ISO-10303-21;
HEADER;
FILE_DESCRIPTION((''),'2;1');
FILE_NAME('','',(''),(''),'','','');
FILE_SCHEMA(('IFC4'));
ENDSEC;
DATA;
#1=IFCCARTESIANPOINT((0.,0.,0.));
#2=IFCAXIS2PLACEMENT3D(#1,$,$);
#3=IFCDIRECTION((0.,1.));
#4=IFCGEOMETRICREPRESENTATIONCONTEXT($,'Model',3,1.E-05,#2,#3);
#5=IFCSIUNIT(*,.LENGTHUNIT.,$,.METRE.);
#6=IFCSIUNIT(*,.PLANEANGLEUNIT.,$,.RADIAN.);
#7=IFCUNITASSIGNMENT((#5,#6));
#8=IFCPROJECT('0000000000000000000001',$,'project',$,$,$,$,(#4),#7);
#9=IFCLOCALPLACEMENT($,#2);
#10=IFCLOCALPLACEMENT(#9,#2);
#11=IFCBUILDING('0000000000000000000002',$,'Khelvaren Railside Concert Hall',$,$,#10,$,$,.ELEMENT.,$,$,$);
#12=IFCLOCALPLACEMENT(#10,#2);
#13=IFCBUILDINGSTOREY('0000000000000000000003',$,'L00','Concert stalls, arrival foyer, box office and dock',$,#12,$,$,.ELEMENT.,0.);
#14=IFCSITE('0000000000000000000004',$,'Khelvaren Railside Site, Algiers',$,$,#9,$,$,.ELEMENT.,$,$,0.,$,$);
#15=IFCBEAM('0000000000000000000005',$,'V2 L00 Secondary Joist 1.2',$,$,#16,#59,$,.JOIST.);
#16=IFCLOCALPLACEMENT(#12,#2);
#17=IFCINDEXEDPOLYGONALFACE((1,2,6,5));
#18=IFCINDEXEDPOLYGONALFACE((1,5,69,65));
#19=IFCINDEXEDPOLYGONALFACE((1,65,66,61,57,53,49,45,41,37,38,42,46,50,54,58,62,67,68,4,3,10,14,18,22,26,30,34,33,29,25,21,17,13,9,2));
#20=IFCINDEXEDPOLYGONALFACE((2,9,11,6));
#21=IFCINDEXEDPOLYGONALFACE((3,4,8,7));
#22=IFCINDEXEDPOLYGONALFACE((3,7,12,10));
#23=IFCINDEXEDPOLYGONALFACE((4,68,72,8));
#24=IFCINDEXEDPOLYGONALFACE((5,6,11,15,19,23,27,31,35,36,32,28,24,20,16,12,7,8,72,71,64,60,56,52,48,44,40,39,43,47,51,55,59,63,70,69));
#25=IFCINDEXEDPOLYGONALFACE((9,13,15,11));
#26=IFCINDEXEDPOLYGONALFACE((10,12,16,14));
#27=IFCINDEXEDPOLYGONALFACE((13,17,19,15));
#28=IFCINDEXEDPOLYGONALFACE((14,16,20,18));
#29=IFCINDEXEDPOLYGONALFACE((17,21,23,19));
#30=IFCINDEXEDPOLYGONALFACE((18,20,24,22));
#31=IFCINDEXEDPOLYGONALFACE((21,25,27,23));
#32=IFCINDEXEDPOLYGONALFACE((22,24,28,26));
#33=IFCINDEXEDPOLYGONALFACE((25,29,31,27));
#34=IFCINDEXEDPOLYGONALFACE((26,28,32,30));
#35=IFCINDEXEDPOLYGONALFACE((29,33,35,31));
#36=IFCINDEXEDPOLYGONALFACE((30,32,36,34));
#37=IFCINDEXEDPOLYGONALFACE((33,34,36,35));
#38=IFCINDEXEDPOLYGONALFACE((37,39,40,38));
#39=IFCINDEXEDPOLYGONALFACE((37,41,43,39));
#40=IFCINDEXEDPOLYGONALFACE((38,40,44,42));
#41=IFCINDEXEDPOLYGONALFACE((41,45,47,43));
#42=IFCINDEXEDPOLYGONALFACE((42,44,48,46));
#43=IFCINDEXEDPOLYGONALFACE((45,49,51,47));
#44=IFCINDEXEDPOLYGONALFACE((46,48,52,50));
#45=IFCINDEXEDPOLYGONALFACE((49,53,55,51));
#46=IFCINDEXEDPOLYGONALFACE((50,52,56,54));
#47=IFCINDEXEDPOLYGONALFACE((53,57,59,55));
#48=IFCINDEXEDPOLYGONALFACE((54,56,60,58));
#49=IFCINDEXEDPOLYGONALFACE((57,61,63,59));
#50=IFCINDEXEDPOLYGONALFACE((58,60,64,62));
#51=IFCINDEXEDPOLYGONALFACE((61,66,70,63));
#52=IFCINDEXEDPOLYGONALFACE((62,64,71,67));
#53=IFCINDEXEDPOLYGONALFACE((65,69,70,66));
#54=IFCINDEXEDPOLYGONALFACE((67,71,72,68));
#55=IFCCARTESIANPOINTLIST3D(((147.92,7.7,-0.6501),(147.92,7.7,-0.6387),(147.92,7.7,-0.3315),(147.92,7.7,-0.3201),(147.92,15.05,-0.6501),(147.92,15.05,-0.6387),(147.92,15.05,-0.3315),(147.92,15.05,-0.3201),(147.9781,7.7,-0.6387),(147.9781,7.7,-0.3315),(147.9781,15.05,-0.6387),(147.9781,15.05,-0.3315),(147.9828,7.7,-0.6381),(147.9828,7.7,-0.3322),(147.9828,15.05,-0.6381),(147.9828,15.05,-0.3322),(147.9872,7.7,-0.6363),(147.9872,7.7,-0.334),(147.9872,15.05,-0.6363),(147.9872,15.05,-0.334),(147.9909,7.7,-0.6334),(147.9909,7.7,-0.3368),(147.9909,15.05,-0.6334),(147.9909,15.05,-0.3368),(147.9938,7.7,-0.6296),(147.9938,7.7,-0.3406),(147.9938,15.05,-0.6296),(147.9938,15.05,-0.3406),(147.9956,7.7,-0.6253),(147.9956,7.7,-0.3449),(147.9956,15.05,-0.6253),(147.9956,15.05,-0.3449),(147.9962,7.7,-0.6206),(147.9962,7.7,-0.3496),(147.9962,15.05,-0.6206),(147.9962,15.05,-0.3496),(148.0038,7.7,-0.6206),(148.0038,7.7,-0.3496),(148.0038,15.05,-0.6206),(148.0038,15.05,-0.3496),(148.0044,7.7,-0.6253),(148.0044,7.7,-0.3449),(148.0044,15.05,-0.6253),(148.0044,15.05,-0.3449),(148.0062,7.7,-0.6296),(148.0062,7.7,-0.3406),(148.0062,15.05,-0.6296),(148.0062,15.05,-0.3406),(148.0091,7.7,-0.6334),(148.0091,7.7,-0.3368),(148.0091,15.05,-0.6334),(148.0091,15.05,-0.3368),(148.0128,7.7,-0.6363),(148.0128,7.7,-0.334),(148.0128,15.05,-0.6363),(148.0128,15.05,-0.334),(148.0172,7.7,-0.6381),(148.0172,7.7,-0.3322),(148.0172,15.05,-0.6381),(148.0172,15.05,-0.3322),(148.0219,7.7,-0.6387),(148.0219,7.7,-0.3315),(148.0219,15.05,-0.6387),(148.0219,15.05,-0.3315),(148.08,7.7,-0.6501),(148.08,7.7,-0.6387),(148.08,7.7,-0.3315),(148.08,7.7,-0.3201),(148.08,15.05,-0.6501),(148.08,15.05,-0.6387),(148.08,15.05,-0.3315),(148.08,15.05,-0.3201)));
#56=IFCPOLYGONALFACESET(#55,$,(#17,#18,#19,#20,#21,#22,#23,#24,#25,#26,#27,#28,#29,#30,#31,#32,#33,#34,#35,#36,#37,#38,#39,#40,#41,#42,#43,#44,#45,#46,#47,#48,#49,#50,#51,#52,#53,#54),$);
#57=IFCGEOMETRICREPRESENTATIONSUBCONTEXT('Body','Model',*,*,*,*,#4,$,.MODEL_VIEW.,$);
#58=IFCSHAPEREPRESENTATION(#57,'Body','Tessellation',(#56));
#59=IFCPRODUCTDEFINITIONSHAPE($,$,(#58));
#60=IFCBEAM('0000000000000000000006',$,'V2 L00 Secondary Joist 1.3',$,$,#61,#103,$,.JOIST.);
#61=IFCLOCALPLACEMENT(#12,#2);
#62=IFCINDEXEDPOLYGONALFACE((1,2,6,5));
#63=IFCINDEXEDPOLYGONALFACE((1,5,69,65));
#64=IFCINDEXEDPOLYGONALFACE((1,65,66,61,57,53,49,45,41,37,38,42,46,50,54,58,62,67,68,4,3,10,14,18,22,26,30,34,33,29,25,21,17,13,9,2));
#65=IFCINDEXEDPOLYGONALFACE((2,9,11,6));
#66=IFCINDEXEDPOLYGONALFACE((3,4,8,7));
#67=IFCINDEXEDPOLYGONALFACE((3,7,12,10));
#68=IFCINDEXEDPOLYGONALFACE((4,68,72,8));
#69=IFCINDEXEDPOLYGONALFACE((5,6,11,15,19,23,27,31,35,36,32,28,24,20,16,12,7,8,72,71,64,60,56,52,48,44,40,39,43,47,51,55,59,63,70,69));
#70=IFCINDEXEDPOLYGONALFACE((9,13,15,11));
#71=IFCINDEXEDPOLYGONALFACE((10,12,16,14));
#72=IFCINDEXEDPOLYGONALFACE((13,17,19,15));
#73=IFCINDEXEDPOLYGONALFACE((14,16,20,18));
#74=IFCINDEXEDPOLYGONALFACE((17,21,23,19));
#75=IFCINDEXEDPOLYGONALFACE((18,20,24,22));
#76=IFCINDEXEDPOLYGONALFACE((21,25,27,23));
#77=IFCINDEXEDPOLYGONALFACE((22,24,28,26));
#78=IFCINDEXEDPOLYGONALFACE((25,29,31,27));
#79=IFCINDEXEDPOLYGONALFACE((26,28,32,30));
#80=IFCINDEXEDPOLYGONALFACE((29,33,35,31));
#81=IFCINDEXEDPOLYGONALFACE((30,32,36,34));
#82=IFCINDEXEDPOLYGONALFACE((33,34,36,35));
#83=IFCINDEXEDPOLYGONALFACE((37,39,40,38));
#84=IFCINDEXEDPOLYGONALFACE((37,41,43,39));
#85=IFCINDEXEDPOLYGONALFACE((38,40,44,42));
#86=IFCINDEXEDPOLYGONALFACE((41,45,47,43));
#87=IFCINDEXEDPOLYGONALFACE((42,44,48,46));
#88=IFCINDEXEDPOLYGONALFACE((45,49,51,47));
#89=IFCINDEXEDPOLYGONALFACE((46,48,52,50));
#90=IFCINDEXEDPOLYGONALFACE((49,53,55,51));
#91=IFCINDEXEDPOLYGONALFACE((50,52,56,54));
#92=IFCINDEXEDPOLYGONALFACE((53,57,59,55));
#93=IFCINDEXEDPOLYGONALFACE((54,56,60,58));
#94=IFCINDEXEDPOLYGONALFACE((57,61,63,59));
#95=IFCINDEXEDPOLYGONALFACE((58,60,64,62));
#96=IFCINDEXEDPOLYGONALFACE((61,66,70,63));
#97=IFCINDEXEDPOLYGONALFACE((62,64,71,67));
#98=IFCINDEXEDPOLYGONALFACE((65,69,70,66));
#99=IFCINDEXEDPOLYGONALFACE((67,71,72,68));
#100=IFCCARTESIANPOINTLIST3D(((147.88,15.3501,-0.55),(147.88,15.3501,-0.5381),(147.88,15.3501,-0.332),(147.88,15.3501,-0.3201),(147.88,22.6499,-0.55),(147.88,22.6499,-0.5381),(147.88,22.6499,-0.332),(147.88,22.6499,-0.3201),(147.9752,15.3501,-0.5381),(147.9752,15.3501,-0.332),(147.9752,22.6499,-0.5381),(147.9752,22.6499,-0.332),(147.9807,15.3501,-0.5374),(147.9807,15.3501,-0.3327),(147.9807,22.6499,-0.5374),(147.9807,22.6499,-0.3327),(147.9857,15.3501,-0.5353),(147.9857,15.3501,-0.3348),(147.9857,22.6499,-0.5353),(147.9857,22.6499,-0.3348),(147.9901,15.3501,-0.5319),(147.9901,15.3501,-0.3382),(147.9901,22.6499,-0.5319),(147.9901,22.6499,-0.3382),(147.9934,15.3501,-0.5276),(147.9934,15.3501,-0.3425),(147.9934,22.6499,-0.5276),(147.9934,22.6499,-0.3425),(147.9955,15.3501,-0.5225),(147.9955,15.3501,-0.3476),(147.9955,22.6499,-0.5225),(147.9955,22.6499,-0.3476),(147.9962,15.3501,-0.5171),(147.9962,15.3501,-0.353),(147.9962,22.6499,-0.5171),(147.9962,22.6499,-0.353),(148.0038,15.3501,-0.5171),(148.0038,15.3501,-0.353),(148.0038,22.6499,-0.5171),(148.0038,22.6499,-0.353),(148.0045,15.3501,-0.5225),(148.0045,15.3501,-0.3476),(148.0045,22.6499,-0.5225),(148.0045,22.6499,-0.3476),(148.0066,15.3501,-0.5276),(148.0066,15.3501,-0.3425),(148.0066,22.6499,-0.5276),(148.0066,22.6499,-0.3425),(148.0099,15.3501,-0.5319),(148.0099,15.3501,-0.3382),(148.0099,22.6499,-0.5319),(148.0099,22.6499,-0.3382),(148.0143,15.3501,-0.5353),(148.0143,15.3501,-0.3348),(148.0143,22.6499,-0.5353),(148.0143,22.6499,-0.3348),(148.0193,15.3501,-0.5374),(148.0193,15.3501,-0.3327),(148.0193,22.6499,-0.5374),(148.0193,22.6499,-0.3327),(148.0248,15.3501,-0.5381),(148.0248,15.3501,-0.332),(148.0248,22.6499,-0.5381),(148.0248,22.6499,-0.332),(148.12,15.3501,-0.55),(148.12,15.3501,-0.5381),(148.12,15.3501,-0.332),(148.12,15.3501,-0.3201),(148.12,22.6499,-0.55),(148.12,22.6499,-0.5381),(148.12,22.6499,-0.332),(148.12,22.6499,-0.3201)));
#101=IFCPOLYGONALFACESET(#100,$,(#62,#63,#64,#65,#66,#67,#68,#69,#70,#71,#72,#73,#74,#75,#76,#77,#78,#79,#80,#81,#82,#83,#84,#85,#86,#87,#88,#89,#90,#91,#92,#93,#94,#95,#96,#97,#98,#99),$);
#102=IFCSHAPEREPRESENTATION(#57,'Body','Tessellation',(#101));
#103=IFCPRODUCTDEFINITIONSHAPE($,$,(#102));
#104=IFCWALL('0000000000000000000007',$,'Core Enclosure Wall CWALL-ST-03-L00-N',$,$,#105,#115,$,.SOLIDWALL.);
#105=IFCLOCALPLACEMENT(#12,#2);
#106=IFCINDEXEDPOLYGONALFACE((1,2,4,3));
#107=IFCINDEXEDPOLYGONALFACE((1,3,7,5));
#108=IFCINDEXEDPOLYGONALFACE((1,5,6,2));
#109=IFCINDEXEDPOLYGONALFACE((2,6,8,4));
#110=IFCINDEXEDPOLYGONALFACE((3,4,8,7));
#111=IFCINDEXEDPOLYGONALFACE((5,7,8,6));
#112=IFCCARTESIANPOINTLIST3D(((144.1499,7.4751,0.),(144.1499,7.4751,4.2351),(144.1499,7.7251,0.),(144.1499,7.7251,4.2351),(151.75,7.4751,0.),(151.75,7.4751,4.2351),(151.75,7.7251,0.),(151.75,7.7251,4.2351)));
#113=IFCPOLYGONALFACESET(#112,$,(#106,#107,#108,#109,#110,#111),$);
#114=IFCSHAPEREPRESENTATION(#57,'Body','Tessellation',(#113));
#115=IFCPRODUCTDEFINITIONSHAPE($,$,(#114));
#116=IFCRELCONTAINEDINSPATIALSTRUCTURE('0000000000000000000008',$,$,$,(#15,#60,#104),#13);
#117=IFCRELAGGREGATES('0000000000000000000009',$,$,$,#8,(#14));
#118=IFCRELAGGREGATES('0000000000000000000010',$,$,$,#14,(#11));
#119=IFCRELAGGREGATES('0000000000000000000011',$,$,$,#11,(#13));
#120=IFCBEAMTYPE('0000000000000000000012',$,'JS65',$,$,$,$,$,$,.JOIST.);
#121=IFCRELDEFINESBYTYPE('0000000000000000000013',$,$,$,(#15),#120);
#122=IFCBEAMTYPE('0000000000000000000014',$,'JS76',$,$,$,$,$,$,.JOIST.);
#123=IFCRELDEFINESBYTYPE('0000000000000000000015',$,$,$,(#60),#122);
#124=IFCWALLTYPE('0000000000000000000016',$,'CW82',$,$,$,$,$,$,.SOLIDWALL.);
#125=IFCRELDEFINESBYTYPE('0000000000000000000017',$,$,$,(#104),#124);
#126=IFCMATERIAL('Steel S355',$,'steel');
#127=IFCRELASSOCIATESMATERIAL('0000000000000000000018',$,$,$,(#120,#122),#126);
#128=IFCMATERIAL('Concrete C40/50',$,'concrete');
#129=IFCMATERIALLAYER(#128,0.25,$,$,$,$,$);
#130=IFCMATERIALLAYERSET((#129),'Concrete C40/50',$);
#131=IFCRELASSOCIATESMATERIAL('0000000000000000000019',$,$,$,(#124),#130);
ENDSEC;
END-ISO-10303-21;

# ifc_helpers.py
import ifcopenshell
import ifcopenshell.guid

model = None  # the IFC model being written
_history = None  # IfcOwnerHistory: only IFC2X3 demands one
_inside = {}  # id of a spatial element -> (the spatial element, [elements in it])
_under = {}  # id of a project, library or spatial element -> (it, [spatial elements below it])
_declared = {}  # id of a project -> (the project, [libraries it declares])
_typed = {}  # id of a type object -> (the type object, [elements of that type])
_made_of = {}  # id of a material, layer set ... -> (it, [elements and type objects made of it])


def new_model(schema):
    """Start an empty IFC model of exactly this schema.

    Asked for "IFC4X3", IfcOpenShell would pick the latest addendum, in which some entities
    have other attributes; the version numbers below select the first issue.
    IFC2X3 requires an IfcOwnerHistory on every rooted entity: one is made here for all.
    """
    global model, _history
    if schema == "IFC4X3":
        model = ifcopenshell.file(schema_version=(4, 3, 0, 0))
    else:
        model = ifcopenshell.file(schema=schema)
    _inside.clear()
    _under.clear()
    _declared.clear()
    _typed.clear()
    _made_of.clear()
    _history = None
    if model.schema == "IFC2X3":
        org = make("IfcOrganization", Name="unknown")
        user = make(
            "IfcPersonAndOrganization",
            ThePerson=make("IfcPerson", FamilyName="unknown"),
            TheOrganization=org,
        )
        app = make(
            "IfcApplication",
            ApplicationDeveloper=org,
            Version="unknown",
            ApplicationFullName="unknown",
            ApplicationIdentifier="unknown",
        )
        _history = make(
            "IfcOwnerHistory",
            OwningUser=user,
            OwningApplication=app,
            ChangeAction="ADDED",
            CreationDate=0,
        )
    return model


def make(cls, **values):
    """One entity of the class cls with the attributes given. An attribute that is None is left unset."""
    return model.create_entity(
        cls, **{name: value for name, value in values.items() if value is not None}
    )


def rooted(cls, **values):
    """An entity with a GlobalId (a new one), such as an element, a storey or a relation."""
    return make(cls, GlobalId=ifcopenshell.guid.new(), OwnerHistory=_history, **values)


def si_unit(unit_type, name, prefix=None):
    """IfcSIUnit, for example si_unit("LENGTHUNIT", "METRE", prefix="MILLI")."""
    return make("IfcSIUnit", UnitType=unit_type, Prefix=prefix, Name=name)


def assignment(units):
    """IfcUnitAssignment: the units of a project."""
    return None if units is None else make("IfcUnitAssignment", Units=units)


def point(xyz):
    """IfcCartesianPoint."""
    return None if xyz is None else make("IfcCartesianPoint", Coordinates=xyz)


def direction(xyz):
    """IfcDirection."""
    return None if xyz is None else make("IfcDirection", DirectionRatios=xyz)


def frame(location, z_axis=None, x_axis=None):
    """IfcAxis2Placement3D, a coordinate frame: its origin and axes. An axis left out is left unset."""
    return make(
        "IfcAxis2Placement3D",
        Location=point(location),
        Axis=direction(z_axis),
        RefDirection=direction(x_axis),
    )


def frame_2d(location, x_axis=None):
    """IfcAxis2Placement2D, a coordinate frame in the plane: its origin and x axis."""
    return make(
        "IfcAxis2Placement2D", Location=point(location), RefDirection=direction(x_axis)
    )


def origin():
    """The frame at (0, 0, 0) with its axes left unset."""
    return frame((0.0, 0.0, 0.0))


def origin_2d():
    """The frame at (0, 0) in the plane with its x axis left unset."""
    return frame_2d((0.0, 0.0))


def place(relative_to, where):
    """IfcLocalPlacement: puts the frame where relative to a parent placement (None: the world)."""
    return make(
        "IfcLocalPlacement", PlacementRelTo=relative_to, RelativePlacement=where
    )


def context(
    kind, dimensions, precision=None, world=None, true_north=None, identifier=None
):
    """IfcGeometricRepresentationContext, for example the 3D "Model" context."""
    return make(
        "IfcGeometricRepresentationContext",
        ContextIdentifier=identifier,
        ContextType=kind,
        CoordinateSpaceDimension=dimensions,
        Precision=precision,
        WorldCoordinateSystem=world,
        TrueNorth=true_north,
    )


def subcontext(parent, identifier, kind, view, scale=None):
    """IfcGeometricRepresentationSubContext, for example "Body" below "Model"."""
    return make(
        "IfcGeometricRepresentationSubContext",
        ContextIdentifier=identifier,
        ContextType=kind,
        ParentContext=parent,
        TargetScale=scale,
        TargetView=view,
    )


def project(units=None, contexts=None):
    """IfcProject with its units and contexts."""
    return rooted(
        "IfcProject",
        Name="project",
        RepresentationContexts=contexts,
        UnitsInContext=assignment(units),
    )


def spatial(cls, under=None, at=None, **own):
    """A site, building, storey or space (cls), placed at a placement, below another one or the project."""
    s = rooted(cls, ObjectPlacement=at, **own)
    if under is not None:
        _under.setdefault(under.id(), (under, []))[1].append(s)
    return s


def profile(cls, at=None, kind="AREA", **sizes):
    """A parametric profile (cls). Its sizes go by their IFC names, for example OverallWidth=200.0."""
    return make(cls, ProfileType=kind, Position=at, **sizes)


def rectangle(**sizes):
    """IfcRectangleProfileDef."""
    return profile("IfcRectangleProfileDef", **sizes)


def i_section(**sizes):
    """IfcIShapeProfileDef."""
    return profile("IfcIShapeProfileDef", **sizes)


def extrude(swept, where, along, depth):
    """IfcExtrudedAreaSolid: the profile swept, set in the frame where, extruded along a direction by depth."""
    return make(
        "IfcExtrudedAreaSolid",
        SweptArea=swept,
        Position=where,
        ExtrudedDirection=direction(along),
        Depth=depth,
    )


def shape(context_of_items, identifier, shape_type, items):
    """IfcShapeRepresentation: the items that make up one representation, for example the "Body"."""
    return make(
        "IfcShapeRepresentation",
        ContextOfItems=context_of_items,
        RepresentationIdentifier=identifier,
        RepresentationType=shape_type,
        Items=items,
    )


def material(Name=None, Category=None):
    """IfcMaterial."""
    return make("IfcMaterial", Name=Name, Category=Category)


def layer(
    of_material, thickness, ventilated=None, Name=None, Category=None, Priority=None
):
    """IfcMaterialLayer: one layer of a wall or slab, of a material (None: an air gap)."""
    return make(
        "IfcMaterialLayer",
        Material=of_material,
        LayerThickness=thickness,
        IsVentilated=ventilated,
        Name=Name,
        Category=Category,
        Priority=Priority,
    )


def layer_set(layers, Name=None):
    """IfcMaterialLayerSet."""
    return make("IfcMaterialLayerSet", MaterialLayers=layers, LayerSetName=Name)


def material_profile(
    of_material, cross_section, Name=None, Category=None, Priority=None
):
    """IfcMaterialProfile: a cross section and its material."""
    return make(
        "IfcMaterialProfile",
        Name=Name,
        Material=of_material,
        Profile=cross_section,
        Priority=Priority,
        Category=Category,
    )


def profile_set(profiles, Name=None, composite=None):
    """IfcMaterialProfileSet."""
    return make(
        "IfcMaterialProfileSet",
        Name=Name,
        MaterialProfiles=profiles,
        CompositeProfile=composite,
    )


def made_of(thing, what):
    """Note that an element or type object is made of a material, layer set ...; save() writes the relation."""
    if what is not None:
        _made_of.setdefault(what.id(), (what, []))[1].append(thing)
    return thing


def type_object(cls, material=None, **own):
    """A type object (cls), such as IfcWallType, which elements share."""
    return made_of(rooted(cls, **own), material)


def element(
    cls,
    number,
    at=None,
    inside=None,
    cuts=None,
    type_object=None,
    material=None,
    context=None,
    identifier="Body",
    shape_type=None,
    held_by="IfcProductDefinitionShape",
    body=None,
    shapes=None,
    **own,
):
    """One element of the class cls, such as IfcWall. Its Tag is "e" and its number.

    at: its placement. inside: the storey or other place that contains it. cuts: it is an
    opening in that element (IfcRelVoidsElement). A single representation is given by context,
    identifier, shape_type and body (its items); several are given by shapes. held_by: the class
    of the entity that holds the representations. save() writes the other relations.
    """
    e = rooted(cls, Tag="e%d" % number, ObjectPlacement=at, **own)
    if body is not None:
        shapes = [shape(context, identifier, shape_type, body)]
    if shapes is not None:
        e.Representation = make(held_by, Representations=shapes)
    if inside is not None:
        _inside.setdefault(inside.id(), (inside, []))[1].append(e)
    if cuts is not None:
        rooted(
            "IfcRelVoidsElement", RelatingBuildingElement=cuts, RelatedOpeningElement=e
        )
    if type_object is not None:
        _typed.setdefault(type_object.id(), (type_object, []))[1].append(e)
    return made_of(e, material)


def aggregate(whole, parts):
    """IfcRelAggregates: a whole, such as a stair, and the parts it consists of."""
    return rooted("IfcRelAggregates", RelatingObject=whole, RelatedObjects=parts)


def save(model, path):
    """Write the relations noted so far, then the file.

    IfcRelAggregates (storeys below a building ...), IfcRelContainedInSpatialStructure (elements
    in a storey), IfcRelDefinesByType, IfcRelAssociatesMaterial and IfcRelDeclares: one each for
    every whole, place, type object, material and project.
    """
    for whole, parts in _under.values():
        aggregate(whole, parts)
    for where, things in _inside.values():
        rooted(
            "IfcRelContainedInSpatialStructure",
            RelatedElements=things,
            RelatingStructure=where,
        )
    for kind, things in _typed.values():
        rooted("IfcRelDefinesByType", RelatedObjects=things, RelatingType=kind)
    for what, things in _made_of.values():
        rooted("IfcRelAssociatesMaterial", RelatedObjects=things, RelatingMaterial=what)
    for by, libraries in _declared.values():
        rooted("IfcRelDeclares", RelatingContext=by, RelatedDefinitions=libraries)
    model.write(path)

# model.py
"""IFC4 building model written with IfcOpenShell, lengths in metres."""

from ifc_helpers import new_model, si_unit, direction, frame, frame_2d, origin, origin_2d, place, context, subcontext, project, spatial, rectangle, i_section, extrude, material, layer, layer_set, material_profile, profile_set, type_object, element, save


model = new_model("IFC4")

# Units and contexts
model_context = context("Model", 3, precision=1e-05, world=origin(), true_north=direction((0.0, 1.0)))
body_context = subcontext(model_context, "Body", "Model", "MODEL_VIEW")
ifc_project = project(units=[si_unit("LENGTHUNIT", "METRE"), si_unit("PLANEANGLEUNIT", "RADIAN")], contexts=[model_context])

# Site, building, storey
site_placement = place(None, origin())
site = spatial("IfcSite", under=ifc_project, at=site_placement, Name="Khelvaren Railside Site, Algiers", CompositionType="ELEMENT", RefElevation=0.0)
building_placement = place(site_placement, origin())
building = spatial("IfcBuilding", under=site, at=building_placement, Name="Khelvaren Railside Concert Hall", CompositionType="ELEMENT")
storey_placement = place(building_placement, origin())
storey = spatial("IfcBuildingStorey", under=building, at=storey_placement, Name="L00", Description="Concert stalls, arrival foyer, box office and dock", CompositionType="ELEMENT", Elevation=0.0)

# Beams
ifc_material_1 = material(Name="Steel S355", Category="steel")
ifc_material_profile_1 = material_profile(ifc_material_1, i_section(OverallWidth=0.1599, OverallDepth=0.3301, WebThickness=0.0076, FlangeThickness=0.0115, FilletRadius=0.0181, at=origin_2d()), Name="IPE 330")
ifc_profile_set_1 = profile_set([ifc_material_profile_1], Name="Steel S355")
beam_type_1 = type_object("IfcBeamType", Name="JS65", PredefinedType="JOIST", material=ifc_profile_set_1)
beam_1_placement = place(storey_placement, frame((148.0, 7.7, -0.4851), z_axis=(0.0, 1.0, 0.0), x_axis=(-1.0, 0.0, 0.0)))
element("IfcBeam", 1, at=beam_1_placement, inside=storey, type_object=beam_type_1, Name="V2 L00 Secondary Joist 1.2", PredefinedType="JOIST", context=body_context, shape_type="SweptSolid", body=[
    extrude(i_section(OverallWidth=0.1599, OverallDepth=0.3301, WebThickness=0.0076, FlangeThickness=0.0115, FilletRadius=0.0181, at=origin_2d()), origin(), (0.0, 0.0, 1.0), 7.3501),
])
ifc_material_profile_2 = material_profile(ifc_material_1, i_section(OverallWidth=0.24, OverallDepth=0.23, WebThickness=0.0076, FlangeThickness=0.012, FilletRadius=0.021, at=origin_2d()), Name="HEA 240")
ifc_profile_set_2 = profile_set([ifc_material_profile_2], Name="Steel S355")
beam_type_2 = type_object("IfcBeamType", Name="JS76", PredefinedType="JOIST", material=ifc_profile_set_2)
beam_2_placement = place(storey_placement, frame((148.0, 15.3501, -0.4351), z_axis=(0.0, 1.0, 0.0), x_axis=(-1.0, 0.0, 0.0)))
element("IfcBeam", 2, at=beam_2_placement, inside=storey, type_object=beam_type_2, Name="V2 L00 Secondary Joist 1.3", PredefinedType="JOIST", context=body_context, shape_type="SweptSolid", body=[
    extrude(i_section(OverallWidth=0.24, OverallDepth=0.23, WebThickness=0.0076, FlangeThickness=0.012, FilletRadius=0.021, at=origin_2d()), origin(), (0.0, 0.0, 1.0), 7.2998),
])

# Wall
ifc_material_2 = material(Name="Concrete C40/50", Category="concrete")
ifc_layer = layer(ifc_material_2, 0.25)
ifc_layer_set = layer_set([ifc_layer], Name="Concrete C40/50")
wall_type = type_object("IfcWallType", Name="CW82", PredefinedType="SOLIDWALL", material=ifc_layer_set)
wall_placement = place(storey_placement, frame((144.1499, 7.6001, 0.0), z_axis=(0.0, 0.0, 1.0), x_axis=(1.0, 0.0, 0.0)))
element("IfcWall", 3, at=wall_placement, inside=storey, type_object=wall_type, Name="Core Enclosure Wall CWALL-ST-03-L00-N", PredefinedType="SOLIDWALL", context=body_context, shape_type="SweptSolid", body=[
    extrude(rectangle(XDim=7.6001, YDim=0.25, at=frame_2d((3.8, 0.0))), origin(), (0.0, 0.0, 1.0), 4.2351),
])

save(model, "model.ifc")
